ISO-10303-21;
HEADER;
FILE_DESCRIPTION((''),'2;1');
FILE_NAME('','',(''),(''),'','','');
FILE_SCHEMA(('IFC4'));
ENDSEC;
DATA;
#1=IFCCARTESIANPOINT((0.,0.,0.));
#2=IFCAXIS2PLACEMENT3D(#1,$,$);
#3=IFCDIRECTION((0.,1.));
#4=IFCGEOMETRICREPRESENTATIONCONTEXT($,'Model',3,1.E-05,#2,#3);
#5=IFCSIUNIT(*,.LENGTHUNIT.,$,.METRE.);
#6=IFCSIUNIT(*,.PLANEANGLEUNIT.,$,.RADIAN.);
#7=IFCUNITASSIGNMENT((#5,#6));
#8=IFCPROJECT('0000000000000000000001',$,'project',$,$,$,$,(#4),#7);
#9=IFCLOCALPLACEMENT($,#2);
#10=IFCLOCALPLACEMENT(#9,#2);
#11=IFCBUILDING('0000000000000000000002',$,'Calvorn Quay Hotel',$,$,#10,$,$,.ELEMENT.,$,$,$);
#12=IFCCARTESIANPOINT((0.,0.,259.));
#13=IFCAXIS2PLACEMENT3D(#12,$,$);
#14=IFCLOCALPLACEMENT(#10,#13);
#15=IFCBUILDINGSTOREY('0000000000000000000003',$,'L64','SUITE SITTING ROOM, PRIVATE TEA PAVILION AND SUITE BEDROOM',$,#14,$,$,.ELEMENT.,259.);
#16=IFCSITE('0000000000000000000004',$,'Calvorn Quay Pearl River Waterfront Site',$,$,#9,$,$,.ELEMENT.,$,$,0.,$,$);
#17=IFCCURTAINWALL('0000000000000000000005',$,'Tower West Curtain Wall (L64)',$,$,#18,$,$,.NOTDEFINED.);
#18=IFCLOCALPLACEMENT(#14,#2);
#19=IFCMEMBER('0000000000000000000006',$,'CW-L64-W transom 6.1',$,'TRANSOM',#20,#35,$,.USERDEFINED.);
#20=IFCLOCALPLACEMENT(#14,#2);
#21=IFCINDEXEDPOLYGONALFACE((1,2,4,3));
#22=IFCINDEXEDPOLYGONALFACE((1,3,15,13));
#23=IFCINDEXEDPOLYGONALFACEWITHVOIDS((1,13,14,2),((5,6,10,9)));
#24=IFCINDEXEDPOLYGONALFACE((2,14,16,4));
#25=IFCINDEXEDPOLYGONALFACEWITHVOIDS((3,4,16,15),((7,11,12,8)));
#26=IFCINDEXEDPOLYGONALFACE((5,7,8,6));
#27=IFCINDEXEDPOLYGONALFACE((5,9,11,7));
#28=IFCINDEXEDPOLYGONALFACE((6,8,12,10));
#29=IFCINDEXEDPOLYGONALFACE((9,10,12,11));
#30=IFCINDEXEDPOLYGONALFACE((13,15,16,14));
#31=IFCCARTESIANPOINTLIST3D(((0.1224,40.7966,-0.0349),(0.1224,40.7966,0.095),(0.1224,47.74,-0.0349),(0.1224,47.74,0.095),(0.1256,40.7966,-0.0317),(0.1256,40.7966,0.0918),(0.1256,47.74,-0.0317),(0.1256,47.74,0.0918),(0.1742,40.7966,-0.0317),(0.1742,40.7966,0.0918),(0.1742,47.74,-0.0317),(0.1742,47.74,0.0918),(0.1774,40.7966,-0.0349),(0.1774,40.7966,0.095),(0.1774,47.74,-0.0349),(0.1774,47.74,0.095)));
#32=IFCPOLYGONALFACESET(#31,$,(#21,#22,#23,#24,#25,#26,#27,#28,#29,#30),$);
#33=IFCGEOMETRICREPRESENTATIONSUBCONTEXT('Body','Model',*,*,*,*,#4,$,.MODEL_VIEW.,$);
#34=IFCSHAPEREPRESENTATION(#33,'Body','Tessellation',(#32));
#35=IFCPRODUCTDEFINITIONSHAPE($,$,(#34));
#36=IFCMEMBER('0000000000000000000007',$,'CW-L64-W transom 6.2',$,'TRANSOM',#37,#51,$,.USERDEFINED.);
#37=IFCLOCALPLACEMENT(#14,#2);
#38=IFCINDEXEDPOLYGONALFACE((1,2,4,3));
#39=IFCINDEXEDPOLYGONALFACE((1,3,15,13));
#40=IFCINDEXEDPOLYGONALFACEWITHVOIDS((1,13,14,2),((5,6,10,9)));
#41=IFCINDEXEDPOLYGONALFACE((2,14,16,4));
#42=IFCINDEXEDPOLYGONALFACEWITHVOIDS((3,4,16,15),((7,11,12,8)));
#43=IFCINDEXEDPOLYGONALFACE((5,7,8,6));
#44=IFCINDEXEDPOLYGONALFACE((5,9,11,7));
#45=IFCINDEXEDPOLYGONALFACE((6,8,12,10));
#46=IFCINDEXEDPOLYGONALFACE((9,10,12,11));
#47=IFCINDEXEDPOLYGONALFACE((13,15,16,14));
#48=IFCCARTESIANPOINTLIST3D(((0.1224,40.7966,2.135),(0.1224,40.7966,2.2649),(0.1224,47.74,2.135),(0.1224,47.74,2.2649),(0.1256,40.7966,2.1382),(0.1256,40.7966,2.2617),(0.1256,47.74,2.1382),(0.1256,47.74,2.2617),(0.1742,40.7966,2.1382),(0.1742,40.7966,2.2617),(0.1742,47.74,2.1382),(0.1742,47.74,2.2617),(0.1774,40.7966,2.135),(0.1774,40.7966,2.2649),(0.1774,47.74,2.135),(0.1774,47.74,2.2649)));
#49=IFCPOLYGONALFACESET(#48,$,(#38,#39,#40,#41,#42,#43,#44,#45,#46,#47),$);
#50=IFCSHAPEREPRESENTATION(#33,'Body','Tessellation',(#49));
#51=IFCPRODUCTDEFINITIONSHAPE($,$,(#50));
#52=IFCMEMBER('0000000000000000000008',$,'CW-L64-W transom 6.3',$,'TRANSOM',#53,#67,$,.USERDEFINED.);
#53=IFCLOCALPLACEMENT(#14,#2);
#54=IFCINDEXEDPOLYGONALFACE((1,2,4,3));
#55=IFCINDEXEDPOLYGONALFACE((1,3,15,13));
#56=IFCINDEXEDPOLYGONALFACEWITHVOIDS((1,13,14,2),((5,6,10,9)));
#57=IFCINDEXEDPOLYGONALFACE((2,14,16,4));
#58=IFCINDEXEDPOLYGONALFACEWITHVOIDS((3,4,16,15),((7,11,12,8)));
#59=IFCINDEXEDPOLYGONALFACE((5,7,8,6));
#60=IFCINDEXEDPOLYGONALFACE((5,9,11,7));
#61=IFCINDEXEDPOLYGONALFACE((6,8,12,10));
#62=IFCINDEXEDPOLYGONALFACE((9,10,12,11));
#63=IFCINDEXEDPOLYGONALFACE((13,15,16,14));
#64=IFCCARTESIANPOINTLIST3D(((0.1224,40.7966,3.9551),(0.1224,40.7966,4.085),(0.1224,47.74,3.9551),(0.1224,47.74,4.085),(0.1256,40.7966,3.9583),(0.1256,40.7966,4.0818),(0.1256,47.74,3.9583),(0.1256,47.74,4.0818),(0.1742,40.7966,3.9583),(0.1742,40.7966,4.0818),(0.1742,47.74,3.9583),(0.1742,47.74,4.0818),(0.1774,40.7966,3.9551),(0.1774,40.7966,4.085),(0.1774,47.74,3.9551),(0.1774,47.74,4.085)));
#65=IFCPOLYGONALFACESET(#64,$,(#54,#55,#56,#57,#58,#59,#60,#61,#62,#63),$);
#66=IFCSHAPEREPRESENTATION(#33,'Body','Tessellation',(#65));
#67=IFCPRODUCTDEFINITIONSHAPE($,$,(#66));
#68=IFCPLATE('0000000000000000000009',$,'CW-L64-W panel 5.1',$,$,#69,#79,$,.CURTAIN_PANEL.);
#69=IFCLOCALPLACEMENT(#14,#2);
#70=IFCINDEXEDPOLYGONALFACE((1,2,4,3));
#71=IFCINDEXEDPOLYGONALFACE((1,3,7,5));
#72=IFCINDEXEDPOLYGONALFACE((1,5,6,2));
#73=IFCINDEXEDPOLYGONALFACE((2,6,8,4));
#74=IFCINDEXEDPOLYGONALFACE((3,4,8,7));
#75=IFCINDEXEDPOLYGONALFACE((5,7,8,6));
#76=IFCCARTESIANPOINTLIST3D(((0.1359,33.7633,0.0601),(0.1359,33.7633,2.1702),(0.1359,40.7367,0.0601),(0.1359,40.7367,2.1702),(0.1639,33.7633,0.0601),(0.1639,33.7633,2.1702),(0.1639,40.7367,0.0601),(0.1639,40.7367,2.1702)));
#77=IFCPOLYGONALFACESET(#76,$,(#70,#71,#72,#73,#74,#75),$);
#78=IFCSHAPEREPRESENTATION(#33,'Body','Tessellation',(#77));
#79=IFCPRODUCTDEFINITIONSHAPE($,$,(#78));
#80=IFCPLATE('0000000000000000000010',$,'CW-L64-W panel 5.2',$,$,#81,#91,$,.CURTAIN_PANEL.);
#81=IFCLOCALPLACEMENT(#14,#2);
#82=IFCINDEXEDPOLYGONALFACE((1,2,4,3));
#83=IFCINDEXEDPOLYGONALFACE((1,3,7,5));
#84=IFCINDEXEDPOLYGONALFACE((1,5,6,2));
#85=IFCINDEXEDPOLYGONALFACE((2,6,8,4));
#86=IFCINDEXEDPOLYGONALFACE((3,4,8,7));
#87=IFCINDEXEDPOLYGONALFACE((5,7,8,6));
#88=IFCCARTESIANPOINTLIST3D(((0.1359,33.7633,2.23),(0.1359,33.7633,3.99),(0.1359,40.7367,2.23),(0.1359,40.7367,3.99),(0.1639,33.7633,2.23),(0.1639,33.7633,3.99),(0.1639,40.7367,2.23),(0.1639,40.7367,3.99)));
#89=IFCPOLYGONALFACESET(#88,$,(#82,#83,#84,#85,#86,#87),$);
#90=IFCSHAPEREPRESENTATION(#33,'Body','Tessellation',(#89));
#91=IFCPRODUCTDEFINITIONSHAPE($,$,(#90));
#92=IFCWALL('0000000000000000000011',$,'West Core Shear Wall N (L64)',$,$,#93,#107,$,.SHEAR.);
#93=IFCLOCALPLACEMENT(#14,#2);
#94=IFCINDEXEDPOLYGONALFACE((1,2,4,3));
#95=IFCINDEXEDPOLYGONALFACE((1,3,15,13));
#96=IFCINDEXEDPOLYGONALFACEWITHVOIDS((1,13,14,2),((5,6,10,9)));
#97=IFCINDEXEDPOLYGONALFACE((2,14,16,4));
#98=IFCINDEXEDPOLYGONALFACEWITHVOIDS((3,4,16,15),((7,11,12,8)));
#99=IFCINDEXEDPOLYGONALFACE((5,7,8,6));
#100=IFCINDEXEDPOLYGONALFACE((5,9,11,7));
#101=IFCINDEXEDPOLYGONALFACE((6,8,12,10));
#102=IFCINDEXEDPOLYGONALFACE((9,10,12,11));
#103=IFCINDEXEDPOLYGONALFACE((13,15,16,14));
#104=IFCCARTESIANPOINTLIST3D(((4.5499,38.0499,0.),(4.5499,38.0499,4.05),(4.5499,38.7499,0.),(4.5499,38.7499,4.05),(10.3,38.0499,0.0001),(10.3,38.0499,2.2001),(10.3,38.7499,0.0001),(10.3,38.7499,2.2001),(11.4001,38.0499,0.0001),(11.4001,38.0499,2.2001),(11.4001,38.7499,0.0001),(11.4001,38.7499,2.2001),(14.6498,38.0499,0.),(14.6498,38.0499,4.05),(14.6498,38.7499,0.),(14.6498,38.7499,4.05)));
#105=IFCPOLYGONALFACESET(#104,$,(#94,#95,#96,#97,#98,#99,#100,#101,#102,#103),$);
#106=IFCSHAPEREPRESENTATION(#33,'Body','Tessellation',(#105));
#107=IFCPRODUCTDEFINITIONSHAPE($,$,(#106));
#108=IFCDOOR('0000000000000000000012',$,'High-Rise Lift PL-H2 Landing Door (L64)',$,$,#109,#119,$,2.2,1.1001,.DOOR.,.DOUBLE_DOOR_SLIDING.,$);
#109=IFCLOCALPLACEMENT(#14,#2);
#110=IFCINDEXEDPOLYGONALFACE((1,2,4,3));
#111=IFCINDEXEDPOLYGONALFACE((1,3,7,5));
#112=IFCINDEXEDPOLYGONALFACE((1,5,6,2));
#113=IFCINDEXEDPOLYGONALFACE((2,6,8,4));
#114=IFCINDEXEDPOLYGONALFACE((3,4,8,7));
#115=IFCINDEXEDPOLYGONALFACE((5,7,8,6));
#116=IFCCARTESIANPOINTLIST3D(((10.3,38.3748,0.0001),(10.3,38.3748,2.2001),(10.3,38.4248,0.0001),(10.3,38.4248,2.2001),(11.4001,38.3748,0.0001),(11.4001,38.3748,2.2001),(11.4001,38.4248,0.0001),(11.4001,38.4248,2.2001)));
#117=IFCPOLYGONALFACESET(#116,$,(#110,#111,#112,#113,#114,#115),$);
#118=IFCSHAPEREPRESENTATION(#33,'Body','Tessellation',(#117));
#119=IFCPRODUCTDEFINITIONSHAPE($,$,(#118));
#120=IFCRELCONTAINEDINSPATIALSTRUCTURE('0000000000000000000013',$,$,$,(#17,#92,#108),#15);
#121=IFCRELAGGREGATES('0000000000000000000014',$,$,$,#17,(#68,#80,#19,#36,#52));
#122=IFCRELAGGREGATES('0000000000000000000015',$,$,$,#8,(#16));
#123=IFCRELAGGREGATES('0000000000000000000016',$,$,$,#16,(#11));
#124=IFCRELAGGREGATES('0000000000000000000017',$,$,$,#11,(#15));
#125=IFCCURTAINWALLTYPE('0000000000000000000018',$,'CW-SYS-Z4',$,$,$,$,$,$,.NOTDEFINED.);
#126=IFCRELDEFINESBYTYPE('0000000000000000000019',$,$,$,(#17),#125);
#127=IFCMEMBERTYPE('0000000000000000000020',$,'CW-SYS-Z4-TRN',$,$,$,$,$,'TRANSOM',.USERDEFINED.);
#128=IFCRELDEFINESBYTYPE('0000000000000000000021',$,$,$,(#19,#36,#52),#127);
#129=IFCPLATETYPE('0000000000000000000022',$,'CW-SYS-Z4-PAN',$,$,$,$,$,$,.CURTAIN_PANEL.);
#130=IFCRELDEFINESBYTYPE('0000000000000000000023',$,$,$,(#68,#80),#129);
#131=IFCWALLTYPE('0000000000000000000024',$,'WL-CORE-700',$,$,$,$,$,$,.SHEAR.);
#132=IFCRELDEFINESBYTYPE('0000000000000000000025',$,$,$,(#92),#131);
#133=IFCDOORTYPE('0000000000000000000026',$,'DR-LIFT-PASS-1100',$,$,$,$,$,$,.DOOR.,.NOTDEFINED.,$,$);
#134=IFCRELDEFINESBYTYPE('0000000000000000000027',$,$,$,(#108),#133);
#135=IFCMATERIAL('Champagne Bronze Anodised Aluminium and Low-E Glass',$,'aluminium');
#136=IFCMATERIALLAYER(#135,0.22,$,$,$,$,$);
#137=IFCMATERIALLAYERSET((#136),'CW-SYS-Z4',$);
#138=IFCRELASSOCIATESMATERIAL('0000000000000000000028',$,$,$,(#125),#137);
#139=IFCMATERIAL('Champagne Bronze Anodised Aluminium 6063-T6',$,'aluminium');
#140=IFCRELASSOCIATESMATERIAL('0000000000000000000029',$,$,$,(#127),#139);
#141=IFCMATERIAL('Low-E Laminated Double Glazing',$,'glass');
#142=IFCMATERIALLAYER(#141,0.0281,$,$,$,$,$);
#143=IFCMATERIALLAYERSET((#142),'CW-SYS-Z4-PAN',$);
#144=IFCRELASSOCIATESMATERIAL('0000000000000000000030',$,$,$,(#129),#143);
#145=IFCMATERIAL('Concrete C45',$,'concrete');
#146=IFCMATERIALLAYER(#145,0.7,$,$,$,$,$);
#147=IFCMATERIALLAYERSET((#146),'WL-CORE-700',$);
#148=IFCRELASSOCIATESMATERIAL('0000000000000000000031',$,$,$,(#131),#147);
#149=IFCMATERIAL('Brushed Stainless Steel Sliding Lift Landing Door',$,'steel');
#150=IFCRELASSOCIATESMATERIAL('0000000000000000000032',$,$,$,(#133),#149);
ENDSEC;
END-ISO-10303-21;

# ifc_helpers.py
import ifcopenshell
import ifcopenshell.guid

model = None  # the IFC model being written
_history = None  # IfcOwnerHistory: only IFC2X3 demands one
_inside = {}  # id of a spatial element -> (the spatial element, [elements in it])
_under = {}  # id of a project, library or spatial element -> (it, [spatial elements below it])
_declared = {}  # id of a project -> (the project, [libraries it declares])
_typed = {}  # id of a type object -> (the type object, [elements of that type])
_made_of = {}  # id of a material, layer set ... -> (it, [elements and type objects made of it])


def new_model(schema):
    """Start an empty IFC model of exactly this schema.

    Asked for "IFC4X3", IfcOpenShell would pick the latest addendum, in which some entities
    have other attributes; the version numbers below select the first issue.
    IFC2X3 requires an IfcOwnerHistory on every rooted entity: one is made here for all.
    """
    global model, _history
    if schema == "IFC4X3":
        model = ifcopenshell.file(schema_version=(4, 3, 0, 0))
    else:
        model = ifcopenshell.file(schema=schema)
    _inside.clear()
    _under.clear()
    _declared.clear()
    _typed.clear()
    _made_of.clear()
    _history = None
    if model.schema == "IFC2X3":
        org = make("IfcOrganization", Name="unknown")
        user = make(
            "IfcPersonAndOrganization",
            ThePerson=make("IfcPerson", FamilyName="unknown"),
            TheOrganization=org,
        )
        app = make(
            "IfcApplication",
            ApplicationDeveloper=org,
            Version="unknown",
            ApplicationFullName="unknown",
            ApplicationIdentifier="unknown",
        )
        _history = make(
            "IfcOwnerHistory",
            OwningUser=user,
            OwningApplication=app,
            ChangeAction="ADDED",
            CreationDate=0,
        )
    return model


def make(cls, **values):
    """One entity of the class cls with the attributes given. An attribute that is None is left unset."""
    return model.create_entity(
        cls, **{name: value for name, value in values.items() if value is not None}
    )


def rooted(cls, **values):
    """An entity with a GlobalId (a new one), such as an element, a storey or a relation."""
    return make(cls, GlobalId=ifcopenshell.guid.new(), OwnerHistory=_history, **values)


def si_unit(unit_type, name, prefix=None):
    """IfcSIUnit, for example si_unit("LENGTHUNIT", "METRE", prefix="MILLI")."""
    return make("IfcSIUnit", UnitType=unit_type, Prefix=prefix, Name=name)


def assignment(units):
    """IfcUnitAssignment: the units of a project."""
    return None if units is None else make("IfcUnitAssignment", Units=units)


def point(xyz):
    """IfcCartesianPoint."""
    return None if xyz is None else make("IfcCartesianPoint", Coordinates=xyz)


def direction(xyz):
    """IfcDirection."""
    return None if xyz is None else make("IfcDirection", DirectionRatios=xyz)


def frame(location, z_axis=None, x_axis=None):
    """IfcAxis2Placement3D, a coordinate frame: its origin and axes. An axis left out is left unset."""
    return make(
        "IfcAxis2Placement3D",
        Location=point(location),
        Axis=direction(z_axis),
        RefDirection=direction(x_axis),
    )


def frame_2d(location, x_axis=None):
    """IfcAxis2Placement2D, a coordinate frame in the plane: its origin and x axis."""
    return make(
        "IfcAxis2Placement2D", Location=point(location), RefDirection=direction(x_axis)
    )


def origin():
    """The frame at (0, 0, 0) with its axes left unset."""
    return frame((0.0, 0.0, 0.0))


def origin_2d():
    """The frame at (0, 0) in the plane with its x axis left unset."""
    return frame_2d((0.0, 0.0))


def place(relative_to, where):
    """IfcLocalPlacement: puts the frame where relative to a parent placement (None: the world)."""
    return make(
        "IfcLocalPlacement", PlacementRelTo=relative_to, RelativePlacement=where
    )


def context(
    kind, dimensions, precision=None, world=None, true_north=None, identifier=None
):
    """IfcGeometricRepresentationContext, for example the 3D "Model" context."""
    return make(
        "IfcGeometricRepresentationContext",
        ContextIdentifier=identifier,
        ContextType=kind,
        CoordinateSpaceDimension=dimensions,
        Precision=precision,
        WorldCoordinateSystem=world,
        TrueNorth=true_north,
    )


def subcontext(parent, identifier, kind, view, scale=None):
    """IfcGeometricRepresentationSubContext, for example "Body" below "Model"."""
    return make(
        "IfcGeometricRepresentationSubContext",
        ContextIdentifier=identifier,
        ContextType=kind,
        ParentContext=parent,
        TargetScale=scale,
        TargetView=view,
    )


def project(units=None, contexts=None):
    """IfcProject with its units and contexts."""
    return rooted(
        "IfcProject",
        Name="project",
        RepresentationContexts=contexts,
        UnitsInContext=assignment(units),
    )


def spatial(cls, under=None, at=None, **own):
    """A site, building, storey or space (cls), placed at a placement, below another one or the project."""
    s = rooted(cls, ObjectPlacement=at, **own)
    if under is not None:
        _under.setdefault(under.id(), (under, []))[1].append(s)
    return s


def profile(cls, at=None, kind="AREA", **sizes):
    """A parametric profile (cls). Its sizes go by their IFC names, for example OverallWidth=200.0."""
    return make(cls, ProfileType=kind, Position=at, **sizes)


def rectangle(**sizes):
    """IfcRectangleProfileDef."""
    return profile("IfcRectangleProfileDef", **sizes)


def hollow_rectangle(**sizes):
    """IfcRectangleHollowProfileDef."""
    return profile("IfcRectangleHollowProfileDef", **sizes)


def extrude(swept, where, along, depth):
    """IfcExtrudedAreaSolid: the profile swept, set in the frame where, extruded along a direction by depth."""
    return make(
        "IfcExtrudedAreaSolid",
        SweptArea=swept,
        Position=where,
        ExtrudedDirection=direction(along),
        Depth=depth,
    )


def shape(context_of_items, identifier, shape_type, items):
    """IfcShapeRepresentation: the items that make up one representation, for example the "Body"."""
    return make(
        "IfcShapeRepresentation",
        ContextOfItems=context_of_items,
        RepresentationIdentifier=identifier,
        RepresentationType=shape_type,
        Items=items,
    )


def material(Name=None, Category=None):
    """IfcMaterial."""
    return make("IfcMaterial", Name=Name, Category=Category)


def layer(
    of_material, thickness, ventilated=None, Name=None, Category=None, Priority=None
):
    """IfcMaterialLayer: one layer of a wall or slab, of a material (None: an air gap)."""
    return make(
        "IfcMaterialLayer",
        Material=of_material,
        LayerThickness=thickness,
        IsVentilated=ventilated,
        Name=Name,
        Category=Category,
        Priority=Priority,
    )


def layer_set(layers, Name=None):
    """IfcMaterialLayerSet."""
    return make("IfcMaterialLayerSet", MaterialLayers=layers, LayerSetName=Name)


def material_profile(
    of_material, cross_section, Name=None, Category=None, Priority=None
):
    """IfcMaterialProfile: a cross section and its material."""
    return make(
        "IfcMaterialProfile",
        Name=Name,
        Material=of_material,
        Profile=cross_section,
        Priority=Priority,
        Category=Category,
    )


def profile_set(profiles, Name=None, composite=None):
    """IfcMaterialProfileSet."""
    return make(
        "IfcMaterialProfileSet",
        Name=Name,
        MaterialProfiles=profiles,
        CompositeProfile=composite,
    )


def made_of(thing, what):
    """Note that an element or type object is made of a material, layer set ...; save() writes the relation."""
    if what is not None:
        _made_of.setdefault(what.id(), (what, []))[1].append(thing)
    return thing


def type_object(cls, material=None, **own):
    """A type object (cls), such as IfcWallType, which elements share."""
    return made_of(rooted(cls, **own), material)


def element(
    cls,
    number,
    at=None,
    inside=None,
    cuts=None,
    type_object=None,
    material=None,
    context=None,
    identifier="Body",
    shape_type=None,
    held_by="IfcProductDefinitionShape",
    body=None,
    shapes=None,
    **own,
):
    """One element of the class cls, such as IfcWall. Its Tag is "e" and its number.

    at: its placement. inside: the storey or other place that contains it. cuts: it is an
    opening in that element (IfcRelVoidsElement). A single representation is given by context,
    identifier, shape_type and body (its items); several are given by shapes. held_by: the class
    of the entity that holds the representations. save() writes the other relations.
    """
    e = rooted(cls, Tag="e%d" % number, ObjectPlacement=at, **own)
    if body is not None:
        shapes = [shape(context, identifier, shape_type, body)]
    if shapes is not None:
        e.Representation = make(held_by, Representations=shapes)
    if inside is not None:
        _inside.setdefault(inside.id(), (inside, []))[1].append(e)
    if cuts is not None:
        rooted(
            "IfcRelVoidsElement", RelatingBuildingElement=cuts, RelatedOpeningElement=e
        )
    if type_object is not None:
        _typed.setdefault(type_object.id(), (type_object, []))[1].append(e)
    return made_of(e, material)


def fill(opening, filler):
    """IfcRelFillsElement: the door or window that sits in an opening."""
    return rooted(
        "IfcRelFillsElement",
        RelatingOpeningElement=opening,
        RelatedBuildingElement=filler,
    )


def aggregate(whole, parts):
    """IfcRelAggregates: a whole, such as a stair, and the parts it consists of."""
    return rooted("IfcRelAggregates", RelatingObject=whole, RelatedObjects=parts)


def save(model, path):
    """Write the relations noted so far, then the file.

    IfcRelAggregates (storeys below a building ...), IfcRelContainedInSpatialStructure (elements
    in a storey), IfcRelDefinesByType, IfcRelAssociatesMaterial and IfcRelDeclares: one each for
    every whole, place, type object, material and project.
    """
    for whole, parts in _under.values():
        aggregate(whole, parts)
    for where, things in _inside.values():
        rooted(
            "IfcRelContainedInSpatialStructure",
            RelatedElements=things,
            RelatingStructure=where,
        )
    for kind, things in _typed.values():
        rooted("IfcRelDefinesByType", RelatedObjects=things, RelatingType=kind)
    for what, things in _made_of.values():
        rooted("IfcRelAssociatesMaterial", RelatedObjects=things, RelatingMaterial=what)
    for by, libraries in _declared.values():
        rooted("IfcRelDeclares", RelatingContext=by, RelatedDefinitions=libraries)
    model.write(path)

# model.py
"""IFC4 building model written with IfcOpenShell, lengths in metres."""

from ifc_helpers import new_model, si_unit, direction, frame, frame_2d, origin, origin_2d, place, context, subcontext, project, spatial, rectangle, hollow_rectangle, extrude, material, layer, layer_set, material_profile, profile_set, type_object, element, fill, aggregate, save


model = new_model("IFC4")

# Units and contexts
model_context = context("Model", 3, precision=1e-05, world=origin(), true_north=direction((0.0, 1.0)))
body_context = subcontext(model_context, "Body", "Model", "MODEL_VIEW")
ifc_project = project(units=[si_unit("LENGTHUNIT", "METRE"), si_unit("PLANEANGLEUNIT", "RADIAN")], contexts=[model_context])

# Site, building, storey
site_placement = place(None, origin())
site = spatial("IfcSite", under=ifc_project, at=site_placement, Name="Calvorn Quay Pearl River Waterfront Site", CompositionType="ELEMENT", RefElevation=0.0)
building_placement = place(site_placement, origin())
building = spatial("IfcBuilding", under=site, at=building_placement, Name="Calvorn Quay Hotel", CompositionType="ELEMENT")
storey_placement = place(building_placement, frame((0.0, 0.0, 259.0)))
storey = spatial("IfcBuildingStorey", under=building, at=storey_placement, Name="L64", Description="SUITE SITTING ROOM, PRIVATE TEA PAVILION AND SUITE BEDROOM", CompositionType="ELEMENT", Elevation=259.0)

# Curtain wall, members, plates
ifc_material_1 = material(Name="Champagne Bronze Anodised Aluminium and Low-E Glass", Category="aluminium")
ifc_layer_1 = layer(ifc_material_1, 0.22)
ifc_layer_set_1 = layer_set([ifc_layer_1], Name="CW-SYS-Z4")
curtain_wall_type = type_object("IfcCurtainWallType", Name="CW-SYS-Z4", PredefinedType="NOTDEFINED", material=ifc_layer_set_1)
curtain_wall_placement = place(storey_placement, origin())
curtain_wall = element("IfcCurtainWall", 1, at=curtain_wall_placement, inside=storey, type_object=curtain_wall_type, Name="Tower West Curtain Wall (L64)", PredefinedType="NOTDEFINED")
ifc_material_2 = material(Name="Champagne Bronze Anodised Aluminium 6063-T6", Category="aluminium")
ifc_material_profile_1 = material_profile(ifc_material_2, hollow_rectangle(XDim=0.0549, YDim=0.1299, WallThickness=0.0032, at=origin_2d()), Name="ALU-T130x55x3.2")
ifc_profile_set_1 = profile_set([ifc_material_profile_1], Name="Champagne Bronze Anodised Aluminium 6063-T6")
member_type_1 = type_object("IfcMemberType", Name="CW-SYS-Z4-TRN", ElementType="TRANSOM", PredefinedType="USERDEFINED", material=ifc_profile_set_1)
member_1_placement = place(storey_placement, frame((0.1499, 40.7966, 0.03), z_axis=(0.0, 1.0, 0.0), x_axis=(-1.0, 0.0, 0.0)))
member_1 = element("IfcMember", 2, at=member_1_placement, type_object=member_type_1, Name="CW-L64-W transom 6.1", ObjectType="TRANSOM", PredefinedType="USERDEFINED", context=body_context, shape_type="SweptSolid", body=[
    extrude(hollow_rectangle(XDim=0.0549, YDim=0.1299, WallThickness=0.0032, at=origin_2d()), origin(), (0.0, 0.0, 1.0), 6.9434),
])
member_2_placement = place(storey_placement, frame((0.1499, 40.7966, 2.2), z_axis=(0.0, 1.0, 0.0), x_axis=(-1.0, 0.0, 0.0)))
member_2 = element("IfcMember", 3, at=member_2_placement, type_object=member_type_1, Name="CW-L64-W transom 6.2", ObjectType="TRANSOM", PredefinedType="USERDEFINED", context=body_context, shape_type="SweptSolid", body=[
    extrude(hollow_rectangle(XDim=0.0549, YDim=0.1299, WallThickness=0.0032, at=origin_2d()), origin(), (0.0, 0.0, 1.0), 6.9434),
])
member_3_placement = place(storey_placement, frame((0.1499, 40.7966, 4.02), z_axis=(0.0, 1.0, 0.0), x_axis=(-1.0, 0.0, 0.0)))
member_3 = element("IfcMember", 4, at=member_3_placement, type_object=member_type_1, Name="CW-L64-W transom 6.3", ObjectType="TRANSOM", PredefinedType="USERDEFINED", context=body_context, shape_type="SweptSolid", body=[
    extrude(hollow_rectangle(XDim=0.0549, YDim=0.1299, WallThickness=0.0032, at=origin_2d()), origin(), (0.0, 0.0, 1.0), 6.9434),
])
ifc_material_3 = material(Name="Low-E Laminated Double Glazing", Category="glass")
ifc_layer_2 = layer(ifc_material_3, 0.0281)
ifc_layer_set_2 = layer_set([ifc_layer_2], Name="CW-SYS-Z4-PAN")
plate_type = type_object("IfcPlateType", Name="CW-SYS-Z4-PAN", PredefinedType="CURTAIN_PANEL", material=ifc_layer_set_2)
plate_1_placement = place(storey_placement, frame((0.1499, 37.25, 0.0601), z_axis=(0.0, 0.0, 1.0), x_axis=(0.0, 1.0, 0.0)))
plate_1 = element("IfcPlate", 5, at=plate_1_placement, type_object=plate_type, Name="CW-L64-W panel 5.1", PredefinedType="CURTAIN_PANEL", context=body_context, shape_type="SweptSolid", body=[
    extrude(rectangle(XDim=6.9734, YDim=0.0281, at=origin_2d()), origin(), (0.0, 0.0, 1.0), 2.1101),
])
plate_2_placement = place(storey_placement, frame((0.1499, 37.25, 2.23), z_axis=(0.0, 0.0, 1.0), x_axis=(0.0, 1.0, 0.0)))
plate_2 = element("IfcPlate", 6, at=plate_2_placement, type_object=plate_type, Name="CW-L64-W panel 5.2", PredefinedType="CURTAIN_PANEL", context=body_context, shape_type="SweptSolid", body=[
    extrude(rectangle(XDim=6.9734, YDim=0.0281, at=origin_2d()), origin(), (0.0, 0.0, 1.0), 1.76),
])
aggregate(curtain_wall, [plate_1, plate_2, member_1, member_2, member_3])

# Wall, opening, door
ifc_material_4 = material(Name="Concrete C45", Category="concrete")
ifc_layer_3 = layer(ifc_material_4, 0.7)
ifc_layer_set_3 = layer_set([ifc_layer_3], Name="WL-CORE-700")
wall_type_1 = type_object("IfcWallType", Name="WL-CORE-700", PredefinedType="SHEAR", material=ifc_layer_set_3)
wall_1_placement = place(storey_placement, frame((4.55, 38.3999, 0.0), z_axis=(0.0, 0.0, 1.0), x_axis=(1.0, 0.0, 0.0)))
wall_1 = element("IfcWall", 7, at=wall_1_placement, inside=storey, type_object=wall_type_1, Name="West Core Shear Wall N (L64)", PredefinedType="SHEAR", context=body_context, shape_type="SweptSolid", body=[
    extrude(rectangle(XDim=10.0999, YDim=0.7, at=frame_2d((5.0498, 0.0))), origin(), (0.0, 0.0, 1.0), 4.05),
])
opening_1_placement = place(wall_1_placement, frame((5.75, 0.0, 0.0)))
opening_1 = element("IfcOpeningElement", 8, at=opening_1_placement, cuts=wall_1, PredefinedType="OPENING", context=body_context, shape_type="SweptSolid", body=[
    extrude(rectangle(XDim=1.1001, YDim=2.2, at=frame_2d((0.55, 1.1001))), frame((0.0, 0.3599, 0.0), z_axis=(0.0, -1.0, 0.0), x_axis=(1.0, 0.0, 0.0)), (0.0, 0.0, 1.0), 0.72),
])
ifc_material_5 = material(Name="Brushed Stainless Steel Sliding Lift Landing Door", Category="steel")
door_type_1 = type_object("IfcDoorType", Name="DR-LIFT-PASS-1100", OperationType="NOTDEFINED", PredefinedType="DOOR", material=ifc_material_5)
door_1_placement = place(opening_1_placement, origin())
door_1 = element("IfcDoor", 9, at=door_1_placement, inside=storey, type_object=door_type_1, Name="High-Rise Lift PL-H2 Landing Door (L64)", OperationType="DOUBLE_DOOR_SLIDING", OverallHeight=2.2, OverallWidth=1.1001, PredefinedType="DOOR", context=body_context, shape_type="SweptSolid", body=[
    extrude(rectangle(XDim=1.1001, YDim=2.2, at=frame_2d((0.55, 1.1001))), frame((0.0, 0.0249, 0.0), z_axis=(0.0, -1.0, 0.0), x_axis=(1.0, 0.0, 0.0)), (0.0, 0.0, 1.0), 0.05),
])
fill(opening_1, door_1)

save(model, "model.ifc")
